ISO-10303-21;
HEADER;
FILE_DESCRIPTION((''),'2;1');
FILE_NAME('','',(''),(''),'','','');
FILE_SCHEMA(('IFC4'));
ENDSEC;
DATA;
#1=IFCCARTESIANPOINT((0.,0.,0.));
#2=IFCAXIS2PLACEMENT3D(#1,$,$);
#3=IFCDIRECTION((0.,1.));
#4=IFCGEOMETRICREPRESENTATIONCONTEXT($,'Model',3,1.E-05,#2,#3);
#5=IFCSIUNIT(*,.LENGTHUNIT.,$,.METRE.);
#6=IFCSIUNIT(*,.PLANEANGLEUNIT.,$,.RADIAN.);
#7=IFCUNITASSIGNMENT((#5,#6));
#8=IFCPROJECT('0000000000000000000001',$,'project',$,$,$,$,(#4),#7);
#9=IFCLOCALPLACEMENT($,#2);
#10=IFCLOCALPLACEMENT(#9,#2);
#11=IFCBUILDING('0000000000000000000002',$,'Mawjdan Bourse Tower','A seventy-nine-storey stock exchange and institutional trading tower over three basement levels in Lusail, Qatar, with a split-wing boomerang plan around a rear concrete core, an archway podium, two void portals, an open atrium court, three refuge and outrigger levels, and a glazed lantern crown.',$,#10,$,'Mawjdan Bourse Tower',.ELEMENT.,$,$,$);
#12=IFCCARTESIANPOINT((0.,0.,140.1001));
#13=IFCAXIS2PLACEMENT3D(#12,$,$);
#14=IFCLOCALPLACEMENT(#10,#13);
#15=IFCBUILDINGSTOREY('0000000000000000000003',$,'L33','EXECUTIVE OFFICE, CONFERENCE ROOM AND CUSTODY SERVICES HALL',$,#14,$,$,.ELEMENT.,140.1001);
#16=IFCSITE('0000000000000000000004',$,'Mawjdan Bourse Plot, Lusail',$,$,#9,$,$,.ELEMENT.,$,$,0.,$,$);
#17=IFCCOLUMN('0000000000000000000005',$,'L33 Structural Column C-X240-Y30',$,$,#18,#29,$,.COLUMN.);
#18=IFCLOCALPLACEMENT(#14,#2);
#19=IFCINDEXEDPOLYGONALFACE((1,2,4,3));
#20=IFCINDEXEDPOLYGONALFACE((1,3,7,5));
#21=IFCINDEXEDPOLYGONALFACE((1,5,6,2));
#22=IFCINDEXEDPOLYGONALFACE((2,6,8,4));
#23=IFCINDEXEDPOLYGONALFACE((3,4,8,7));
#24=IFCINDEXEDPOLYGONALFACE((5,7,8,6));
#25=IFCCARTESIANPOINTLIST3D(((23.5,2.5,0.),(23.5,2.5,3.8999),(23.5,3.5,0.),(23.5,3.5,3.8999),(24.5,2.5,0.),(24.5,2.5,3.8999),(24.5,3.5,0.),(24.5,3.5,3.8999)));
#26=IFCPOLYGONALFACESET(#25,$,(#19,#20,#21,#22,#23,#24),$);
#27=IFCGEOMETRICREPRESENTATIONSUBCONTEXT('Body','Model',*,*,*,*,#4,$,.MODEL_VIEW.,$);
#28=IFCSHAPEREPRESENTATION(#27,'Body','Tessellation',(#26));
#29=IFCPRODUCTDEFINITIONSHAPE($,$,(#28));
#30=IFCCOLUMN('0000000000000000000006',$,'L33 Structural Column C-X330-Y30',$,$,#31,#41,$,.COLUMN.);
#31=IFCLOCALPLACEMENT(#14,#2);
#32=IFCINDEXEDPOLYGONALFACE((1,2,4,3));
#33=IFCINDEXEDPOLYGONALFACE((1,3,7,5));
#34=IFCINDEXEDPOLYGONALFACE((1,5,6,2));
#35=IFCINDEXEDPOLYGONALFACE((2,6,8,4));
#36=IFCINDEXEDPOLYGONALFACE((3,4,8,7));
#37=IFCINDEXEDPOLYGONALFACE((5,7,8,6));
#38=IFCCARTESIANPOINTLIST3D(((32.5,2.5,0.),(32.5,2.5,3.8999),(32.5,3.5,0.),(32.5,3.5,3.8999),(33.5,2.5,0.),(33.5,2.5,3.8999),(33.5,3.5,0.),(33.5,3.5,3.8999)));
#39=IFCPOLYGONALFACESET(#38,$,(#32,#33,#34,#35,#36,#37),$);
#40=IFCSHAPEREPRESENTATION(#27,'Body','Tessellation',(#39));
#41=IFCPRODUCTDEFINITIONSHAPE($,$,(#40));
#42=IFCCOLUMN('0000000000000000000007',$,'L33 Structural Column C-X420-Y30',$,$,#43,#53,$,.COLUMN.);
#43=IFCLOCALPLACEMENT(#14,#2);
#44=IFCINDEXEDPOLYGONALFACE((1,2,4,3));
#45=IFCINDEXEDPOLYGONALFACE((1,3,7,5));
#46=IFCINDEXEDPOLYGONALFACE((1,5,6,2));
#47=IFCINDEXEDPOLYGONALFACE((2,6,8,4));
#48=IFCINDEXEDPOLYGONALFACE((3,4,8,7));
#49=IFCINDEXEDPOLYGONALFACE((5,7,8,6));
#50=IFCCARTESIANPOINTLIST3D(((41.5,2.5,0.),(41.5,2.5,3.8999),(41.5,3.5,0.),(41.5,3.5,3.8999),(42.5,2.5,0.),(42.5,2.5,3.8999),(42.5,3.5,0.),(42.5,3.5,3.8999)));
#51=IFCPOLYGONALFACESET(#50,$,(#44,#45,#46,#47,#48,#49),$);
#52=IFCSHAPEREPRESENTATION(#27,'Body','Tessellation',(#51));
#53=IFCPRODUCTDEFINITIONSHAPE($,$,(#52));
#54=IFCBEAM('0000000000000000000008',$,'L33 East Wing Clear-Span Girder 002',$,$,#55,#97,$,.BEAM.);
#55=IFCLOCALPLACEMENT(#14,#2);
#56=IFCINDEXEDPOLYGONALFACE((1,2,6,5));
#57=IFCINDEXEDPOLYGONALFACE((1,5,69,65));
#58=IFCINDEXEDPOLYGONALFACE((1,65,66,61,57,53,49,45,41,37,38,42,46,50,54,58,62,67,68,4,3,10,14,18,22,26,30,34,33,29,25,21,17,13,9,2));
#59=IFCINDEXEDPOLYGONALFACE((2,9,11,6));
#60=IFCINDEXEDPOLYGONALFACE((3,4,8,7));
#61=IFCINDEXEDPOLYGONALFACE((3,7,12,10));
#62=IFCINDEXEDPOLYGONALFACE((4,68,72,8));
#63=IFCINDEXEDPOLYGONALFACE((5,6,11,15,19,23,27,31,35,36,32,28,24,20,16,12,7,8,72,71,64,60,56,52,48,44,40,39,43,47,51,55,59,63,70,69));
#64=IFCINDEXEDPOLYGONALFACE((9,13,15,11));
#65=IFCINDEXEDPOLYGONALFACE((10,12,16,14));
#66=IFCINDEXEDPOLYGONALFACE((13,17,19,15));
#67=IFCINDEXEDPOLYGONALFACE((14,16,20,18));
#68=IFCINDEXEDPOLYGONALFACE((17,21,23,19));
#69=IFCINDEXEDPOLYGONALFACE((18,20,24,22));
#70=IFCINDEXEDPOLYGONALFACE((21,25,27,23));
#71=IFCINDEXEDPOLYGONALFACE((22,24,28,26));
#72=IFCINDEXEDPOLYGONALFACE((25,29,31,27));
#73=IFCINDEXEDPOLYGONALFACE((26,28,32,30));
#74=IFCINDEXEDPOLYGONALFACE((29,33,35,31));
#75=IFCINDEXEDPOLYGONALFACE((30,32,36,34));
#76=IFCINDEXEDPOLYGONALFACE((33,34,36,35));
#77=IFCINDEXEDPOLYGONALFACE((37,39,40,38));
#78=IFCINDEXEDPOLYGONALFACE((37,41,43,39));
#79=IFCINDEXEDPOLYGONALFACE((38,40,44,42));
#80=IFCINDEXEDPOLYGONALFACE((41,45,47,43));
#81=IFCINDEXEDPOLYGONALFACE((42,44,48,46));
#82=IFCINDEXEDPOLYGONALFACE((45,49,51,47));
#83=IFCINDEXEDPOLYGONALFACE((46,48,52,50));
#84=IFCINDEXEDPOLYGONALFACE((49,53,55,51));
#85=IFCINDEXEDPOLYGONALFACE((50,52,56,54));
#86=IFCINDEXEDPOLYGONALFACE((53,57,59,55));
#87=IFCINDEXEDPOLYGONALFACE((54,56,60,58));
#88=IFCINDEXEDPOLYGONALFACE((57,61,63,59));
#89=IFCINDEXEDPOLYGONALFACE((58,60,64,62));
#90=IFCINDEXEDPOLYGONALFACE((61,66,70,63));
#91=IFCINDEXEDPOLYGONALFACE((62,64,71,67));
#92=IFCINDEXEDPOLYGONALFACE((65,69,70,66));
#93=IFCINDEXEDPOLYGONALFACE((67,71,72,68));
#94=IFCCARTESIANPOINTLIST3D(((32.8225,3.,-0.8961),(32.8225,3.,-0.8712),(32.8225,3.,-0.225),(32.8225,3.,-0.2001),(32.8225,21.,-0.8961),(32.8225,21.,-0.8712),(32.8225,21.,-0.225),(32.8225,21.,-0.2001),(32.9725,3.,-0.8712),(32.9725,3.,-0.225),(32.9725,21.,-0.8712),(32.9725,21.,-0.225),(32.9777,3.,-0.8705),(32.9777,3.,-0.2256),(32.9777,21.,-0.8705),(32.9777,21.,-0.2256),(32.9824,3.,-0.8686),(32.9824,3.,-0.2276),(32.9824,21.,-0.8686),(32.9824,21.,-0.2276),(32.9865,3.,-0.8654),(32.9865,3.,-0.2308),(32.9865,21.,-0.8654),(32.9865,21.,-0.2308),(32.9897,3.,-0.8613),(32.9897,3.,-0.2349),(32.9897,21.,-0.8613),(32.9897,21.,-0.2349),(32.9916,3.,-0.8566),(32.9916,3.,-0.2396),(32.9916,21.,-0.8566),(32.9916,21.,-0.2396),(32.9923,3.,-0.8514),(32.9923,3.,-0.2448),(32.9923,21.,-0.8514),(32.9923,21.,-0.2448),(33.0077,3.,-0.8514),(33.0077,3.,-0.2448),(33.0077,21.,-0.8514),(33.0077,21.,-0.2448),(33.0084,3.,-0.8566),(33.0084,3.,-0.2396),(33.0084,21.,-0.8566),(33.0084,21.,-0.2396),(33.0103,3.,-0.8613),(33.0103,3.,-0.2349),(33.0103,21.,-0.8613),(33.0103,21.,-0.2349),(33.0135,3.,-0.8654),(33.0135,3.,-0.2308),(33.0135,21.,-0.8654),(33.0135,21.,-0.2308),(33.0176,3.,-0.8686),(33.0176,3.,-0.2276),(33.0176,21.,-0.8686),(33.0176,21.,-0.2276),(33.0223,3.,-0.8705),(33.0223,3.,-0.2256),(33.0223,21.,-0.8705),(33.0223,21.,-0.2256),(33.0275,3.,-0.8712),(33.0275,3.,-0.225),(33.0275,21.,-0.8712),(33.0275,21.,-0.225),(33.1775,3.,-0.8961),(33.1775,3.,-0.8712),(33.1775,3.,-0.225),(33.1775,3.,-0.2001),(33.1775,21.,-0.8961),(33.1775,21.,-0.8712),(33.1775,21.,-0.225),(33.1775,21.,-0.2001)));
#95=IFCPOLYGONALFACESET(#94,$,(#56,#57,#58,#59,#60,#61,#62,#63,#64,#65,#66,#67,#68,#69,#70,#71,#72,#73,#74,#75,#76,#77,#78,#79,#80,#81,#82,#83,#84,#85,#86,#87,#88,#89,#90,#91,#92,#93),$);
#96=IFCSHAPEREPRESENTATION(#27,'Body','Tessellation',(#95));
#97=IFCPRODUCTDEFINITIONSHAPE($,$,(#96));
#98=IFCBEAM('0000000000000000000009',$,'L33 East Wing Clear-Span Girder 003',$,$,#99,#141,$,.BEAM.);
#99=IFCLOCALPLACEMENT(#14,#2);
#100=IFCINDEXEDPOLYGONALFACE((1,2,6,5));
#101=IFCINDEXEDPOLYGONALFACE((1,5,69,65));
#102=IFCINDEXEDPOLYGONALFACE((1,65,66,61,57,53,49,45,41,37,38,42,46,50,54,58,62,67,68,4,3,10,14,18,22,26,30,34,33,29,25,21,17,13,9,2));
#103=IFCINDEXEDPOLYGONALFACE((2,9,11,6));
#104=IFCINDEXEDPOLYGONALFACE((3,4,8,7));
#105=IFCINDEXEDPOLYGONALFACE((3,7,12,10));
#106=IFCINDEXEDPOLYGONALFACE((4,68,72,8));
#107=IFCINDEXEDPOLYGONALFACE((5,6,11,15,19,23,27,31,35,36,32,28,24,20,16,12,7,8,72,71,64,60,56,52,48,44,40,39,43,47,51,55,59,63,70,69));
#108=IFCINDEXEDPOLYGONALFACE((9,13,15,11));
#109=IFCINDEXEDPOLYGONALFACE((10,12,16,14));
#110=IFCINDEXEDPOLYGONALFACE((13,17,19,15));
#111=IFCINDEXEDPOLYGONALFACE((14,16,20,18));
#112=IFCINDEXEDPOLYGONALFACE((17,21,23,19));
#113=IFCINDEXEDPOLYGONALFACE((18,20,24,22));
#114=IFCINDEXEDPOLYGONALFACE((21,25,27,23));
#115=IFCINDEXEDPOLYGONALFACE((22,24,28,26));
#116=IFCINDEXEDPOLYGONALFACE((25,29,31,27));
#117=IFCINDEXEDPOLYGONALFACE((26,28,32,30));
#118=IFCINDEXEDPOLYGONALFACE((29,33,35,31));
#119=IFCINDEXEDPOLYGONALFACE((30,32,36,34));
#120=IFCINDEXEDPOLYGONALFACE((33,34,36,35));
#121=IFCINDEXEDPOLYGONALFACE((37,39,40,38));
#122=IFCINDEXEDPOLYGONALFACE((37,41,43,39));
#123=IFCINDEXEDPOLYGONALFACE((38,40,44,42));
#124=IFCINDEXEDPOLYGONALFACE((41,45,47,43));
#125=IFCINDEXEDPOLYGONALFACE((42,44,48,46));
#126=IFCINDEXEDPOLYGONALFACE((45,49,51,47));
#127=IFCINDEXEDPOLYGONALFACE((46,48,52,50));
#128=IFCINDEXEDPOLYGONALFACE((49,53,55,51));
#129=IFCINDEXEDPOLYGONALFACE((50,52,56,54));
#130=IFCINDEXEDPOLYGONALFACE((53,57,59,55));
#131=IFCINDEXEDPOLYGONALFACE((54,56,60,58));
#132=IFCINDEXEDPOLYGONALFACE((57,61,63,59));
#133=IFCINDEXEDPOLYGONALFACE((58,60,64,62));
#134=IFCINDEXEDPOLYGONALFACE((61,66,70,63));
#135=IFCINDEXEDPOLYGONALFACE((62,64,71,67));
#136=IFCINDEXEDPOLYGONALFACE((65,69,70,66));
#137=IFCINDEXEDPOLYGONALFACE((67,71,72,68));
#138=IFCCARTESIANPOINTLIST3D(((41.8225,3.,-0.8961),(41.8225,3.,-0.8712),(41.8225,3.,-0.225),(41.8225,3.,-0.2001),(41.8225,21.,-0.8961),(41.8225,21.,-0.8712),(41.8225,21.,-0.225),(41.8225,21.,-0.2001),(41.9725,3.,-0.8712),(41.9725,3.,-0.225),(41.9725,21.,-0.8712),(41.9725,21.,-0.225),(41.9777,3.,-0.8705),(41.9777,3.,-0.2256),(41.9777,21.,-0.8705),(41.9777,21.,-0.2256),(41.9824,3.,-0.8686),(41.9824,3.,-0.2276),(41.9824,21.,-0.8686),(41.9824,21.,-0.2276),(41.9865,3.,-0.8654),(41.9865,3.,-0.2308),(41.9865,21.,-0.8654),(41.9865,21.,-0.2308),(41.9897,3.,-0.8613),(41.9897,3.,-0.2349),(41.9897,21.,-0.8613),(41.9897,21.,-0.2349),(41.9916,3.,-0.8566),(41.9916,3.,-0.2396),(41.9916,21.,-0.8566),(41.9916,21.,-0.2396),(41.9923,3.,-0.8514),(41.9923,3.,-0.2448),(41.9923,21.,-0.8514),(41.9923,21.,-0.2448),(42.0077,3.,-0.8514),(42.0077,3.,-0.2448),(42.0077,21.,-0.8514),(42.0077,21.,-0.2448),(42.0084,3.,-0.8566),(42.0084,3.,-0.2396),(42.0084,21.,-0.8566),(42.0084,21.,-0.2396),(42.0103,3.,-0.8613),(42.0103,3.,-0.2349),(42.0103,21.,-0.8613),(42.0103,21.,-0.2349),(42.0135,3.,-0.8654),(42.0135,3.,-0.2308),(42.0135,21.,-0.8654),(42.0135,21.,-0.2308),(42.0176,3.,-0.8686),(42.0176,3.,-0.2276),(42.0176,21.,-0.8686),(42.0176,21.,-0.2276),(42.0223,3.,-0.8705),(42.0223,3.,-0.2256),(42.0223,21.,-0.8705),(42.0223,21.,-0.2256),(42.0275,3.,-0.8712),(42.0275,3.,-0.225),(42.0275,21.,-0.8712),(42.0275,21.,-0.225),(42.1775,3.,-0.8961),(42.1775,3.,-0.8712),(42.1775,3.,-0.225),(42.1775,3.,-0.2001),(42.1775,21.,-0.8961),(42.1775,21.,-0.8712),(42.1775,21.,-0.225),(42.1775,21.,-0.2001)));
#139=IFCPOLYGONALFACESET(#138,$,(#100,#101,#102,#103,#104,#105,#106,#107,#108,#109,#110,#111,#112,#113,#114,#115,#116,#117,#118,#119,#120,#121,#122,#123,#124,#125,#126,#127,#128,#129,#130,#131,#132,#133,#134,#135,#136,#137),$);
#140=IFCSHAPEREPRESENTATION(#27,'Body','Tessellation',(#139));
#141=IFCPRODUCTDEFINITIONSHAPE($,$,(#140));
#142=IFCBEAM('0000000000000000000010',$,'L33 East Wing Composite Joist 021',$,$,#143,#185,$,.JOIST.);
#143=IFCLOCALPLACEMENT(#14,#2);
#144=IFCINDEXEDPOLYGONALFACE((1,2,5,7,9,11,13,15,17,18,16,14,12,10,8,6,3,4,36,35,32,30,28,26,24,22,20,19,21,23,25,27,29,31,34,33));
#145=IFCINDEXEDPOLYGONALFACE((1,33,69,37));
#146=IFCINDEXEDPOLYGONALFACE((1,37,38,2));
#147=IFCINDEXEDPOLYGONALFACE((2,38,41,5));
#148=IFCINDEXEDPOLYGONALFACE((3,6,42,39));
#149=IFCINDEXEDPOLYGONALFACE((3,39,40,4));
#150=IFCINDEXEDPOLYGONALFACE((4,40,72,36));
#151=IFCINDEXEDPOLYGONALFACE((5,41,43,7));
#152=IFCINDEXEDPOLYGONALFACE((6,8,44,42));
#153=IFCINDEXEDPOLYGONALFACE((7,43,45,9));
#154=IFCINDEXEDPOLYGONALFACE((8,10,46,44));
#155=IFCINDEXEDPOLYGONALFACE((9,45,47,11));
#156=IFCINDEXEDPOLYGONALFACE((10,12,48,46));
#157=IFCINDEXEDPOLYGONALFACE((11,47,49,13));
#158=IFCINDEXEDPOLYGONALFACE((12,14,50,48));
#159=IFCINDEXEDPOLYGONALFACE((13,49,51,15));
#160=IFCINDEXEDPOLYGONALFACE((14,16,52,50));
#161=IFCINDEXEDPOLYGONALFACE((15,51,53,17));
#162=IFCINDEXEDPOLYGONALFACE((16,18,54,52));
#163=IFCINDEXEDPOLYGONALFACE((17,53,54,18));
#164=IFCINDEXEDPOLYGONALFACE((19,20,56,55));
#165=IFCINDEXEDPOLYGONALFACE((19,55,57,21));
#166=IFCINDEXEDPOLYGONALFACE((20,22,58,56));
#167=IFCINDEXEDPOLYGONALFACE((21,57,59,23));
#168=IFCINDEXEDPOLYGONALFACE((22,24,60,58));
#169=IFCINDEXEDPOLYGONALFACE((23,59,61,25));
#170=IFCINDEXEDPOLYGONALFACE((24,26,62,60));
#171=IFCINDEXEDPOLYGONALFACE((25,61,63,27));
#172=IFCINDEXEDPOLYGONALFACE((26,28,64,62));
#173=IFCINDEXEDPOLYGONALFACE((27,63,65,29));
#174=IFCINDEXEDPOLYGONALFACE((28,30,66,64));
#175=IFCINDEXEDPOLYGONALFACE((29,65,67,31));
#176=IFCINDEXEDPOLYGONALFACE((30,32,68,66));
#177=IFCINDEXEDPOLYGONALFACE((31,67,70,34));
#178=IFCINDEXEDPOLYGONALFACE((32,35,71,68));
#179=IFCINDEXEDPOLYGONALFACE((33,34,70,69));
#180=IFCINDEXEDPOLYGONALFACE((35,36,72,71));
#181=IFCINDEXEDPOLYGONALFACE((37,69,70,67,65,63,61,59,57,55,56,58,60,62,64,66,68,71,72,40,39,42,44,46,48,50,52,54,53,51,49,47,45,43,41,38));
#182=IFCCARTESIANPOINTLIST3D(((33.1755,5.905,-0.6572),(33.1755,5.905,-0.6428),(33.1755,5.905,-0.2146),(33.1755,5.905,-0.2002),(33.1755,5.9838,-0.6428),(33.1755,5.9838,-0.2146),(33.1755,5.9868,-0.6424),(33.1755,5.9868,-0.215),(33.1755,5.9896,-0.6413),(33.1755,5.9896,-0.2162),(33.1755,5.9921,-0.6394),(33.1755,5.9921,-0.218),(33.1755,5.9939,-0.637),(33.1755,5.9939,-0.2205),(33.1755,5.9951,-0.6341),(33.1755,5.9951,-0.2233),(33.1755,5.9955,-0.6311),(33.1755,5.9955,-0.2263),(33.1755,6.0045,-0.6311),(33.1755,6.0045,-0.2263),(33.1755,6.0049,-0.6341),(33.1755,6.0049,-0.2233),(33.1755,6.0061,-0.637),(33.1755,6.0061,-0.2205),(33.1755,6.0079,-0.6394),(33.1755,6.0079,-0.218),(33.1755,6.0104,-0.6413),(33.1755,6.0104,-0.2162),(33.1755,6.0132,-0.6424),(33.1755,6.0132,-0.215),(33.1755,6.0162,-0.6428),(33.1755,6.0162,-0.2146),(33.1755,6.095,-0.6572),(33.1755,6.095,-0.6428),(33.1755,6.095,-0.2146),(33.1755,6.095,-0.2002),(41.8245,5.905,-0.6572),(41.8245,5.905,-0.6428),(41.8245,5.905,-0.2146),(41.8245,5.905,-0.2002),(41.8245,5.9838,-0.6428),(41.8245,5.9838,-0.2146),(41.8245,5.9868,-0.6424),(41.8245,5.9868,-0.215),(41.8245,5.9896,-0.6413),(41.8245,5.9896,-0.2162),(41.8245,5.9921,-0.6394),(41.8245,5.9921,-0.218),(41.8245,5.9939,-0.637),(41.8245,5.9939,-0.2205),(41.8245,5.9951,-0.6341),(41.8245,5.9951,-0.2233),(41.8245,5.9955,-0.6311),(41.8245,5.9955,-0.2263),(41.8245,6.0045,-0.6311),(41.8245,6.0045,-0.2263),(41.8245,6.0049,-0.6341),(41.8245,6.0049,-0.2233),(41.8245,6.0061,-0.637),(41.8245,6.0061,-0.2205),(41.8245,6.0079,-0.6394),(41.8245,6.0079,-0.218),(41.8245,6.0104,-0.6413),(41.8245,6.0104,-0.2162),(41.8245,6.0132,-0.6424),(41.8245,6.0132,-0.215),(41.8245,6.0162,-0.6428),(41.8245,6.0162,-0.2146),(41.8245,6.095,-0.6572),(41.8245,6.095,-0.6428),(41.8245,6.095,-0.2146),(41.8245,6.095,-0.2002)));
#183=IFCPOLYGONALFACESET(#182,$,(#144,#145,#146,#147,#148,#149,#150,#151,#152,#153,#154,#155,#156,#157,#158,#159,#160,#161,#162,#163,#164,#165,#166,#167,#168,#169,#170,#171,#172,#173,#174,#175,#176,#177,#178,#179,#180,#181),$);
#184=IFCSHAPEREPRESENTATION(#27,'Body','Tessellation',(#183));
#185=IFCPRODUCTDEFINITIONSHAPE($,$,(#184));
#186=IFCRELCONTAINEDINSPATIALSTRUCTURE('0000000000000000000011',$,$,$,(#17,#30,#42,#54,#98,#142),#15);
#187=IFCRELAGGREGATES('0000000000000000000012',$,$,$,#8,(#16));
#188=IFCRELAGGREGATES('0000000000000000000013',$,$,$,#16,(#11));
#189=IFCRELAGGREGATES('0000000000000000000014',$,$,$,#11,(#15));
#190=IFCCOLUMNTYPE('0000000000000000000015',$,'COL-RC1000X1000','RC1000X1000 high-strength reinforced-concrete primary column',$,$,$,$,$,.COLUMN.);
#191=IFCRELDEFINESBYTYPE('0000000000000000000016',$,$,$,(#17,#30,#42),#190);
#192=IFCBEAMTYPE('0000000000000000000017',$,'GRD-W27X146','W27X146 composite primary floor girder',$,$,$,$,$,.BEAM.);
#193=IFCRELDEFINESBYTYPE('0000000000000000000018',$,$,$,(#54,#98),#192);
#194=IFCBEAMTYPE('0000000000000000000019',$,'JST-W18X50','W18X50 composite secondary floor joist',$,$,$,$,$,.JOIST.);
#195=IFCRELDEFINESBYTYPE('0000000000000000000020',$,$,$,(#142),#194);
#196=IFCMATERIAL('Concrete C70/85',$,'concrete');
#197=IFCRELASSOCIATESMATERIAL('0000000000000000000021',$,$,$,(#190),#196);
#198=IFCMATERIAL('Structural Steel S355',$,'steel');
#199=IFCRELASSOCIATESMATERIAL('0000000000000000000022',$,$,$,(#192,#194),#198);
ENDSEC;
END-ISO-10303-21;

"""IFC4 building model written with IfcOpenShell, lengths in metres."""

from ifc_helpers import new_model, si_unit, direction, frame, origin, origin_2d, place, context, subcontext, project, spatial, rectangle, i_section, extrude, material, material_profile, profile_set, type_object, element, save


model = new_model("IFC4")

# Units and contexts
model_context = context("Model", 3, precision=1e-05, world=origin(), true_north=direction((0.0, 1.0)))
body_context = subcontext(model_context, "Body", "Model", "MODEL_VIEW")
ifc_project = project(units=[si_unit("LENGTHUNIT", "METRE"), si_unit("PLANEANGLEUNIT", "RADIAN")], contexts=[model_context])

# Site, building, storey
site_placement = place(None, origin())
site = spatial("IfcSite", under=ifc_project, at=site_placement, Name="Mawjdan Bourse Plot, Lusail", CompositionType="ELEMENT", RefElevation=0.0)
building_placement = place(site_placement, origin())
building = spatial("IfcBuilding", under=site, at=building_placement, Name="Mawjdan Bourse Tower", Description="A seventy-nine-storey stock exchange and institutional trading tower over three basement levels in Lusail, Qatar, with a split-wing boomerang plan around a rear concrete core, an archway podium, two void portals, an open atrium court, three refuge and outrigger levels, and a glazed lantern crown.", LongName="Mawjdan Bourse Tower", CompositionType="ELEMENT")
storey_placement = place(building_placement, frame((0.0, 0.0, 140.1001)))
storey = spatial("IfcBuildingStorey", under=building, at=storey_placement, Name="L33", Description="EXECUTIVE OFFICE, CONFERENCE ROOM AND CUSTODY SERVICES HALL", CompositionType="ELEMENT", Elevation=140.1001)

# Columns
ifc_material_1 = material(Name="Concrete C70/85", Category="concrete")
ifc_material_profile_1 = material_profile(ifc_material_1, rectangle(XDim=1.0, YDim=1.0, at=origin_2d()), Name="RC1000X1000")
ifc_profile_set_1 = profile_set([ifc_material_profile_1], Name="Concrete C70/85")
column_type = type_object("IfcColumnType", Name="COL-RC1000X1000", Description="RC1000X1000 high-strength reinforced-concrete primary column", PredefinedType="COLUMN", material=ifc_profile_set_1)
for number, where, z_axis, x_axis, name in (
    (1, (24.0, 3.0, 0.0), (0.0, 0.0, 1.0), (1.0, 0.0, 0.0), "L33 Structural Column C-X240-Y30"),
    (2, (33.0, 3.0, 0.0), (0.0, 0.0, 1.0), (1.0, 0.0, 0.0), "L33 Structural Column C-X330-Y30"),
    (3, (42.0, 3.0, 0.0), (0.0, 0.0, 1.0), (1.0, 0.0, 0.0), "L33 Structural Column C-X420-Y30"),
):
    element("IfcColumn", number, at=place(storey_placement, frame(where, z_axis=z_axis, x_axis=x_axis)), inside=storey, type_object=column_type, Name=name, PredefinedType="COLUMN", context=body_context, shape_type="SweptSolid", body=[
        extrude(rectangle(XDim=1.0, YDim=1.0, at=origin_2d()), origin(), (0.0, 0.0, 1.0), 3.8999),
    ])

# Beams
ifc_material_2 = material(Name="Structural Steel S355", Category="steel")
ifc_material_profile_2 = material_profile(ifc_material_2, i_section(OverallWidth=0.355, OverallDepth=0.696, WebThickness=0.0154, FlangeThickness=0.0249, FilletRadius=0.0198, at=origin_2d()), Name="W27X146")
ifc_profile_set_2 = profile_set([ifc_material_profile_2], Name="Structural Steel S355")
beam_type_1 = type_object("IfcBeamType", Name="GRD-W27X146", Description="W27X146 composite primary floor girder", PredefinedType="BEAM", material=ifc_profile_set_2)
for number, where, z_axis, x_axis, name in (
    (4, (33.0, 3.0, -0.5481), (0.0, 1.0, 0.0), (-1.0, 0.0, 0.0), "L33 East Wing Clear-Span Girder 002"),
    (5, (42.0, 3.0, -0.5481), (0.0, 1.0, 0.0), (-1.0, 0.0, 0.0), "L33 East Wing Clear-Span Girder 003"),
):
    element("IfcBeam", number, at=place(storey_placement, frame(where, z_axis=z_axis, x_axis=x_axis)), inside=storey, type_object=beam_type_1, Name=name, PredefinedType="BEAM", context=body_context, shape_type="SweptSolid", body=[
        extrude(i_section(OverallWidth=0.355, OverallDepth=0.696, WebThickness=0.0154, FlangeThickness=0.0249, FilletRadius=0.0198, at=origin_2d()), origin(), (0.0, 0.0, 1.0), 18.0),
    ])
ifc_material_profile_3 = material_profile(ifc_material_2, i_section(OverallWidth=0.1899, OverallDepth=0.457, WebThickness=0.009, FlangeThickness=0.0144, FilletRadius=0.0117, at=origin_2d()), Name="W18X50")
ifc_profile_set_3 = profile_set([ifc_material_profile_3], Name="Structural Steel S355")
beam_type_2 = type_object("IfcBeamType", Name="JST-W18X50", Description="W18X50 composite secondary floor joist", PredefinedType="JOIST", material=ifc_profile_set_3)
for number, where, z_axis, x_axis, name in (
    (6, (33.1755, 6.0, -0.4287), (1.0, 0.0, 0.0), (0.0, 1.0, 0.0), "L33 East Wing Composite Joist 021"),
):
    element("IfcBeam", number, at=place(storey_placement, frame(where, z_axis=z_axis, x_axis=x_axis)), inside=storey, type_object=beam_type_2, Name=name, PredefinedType="JOIST", context=body_context, shape_type="SweptSolid", body=[
        extrude(i_section(OverallWidth=0.1899, OverallDepth=0.457, WebThickness=0.009, FlangeThickness=0.0144, FilletRadius=0.0117, at=origin_2d()), origin(), (0.0, 0.0, 1.0), 8.6489),
    ])

save(model, "model.ifc")
